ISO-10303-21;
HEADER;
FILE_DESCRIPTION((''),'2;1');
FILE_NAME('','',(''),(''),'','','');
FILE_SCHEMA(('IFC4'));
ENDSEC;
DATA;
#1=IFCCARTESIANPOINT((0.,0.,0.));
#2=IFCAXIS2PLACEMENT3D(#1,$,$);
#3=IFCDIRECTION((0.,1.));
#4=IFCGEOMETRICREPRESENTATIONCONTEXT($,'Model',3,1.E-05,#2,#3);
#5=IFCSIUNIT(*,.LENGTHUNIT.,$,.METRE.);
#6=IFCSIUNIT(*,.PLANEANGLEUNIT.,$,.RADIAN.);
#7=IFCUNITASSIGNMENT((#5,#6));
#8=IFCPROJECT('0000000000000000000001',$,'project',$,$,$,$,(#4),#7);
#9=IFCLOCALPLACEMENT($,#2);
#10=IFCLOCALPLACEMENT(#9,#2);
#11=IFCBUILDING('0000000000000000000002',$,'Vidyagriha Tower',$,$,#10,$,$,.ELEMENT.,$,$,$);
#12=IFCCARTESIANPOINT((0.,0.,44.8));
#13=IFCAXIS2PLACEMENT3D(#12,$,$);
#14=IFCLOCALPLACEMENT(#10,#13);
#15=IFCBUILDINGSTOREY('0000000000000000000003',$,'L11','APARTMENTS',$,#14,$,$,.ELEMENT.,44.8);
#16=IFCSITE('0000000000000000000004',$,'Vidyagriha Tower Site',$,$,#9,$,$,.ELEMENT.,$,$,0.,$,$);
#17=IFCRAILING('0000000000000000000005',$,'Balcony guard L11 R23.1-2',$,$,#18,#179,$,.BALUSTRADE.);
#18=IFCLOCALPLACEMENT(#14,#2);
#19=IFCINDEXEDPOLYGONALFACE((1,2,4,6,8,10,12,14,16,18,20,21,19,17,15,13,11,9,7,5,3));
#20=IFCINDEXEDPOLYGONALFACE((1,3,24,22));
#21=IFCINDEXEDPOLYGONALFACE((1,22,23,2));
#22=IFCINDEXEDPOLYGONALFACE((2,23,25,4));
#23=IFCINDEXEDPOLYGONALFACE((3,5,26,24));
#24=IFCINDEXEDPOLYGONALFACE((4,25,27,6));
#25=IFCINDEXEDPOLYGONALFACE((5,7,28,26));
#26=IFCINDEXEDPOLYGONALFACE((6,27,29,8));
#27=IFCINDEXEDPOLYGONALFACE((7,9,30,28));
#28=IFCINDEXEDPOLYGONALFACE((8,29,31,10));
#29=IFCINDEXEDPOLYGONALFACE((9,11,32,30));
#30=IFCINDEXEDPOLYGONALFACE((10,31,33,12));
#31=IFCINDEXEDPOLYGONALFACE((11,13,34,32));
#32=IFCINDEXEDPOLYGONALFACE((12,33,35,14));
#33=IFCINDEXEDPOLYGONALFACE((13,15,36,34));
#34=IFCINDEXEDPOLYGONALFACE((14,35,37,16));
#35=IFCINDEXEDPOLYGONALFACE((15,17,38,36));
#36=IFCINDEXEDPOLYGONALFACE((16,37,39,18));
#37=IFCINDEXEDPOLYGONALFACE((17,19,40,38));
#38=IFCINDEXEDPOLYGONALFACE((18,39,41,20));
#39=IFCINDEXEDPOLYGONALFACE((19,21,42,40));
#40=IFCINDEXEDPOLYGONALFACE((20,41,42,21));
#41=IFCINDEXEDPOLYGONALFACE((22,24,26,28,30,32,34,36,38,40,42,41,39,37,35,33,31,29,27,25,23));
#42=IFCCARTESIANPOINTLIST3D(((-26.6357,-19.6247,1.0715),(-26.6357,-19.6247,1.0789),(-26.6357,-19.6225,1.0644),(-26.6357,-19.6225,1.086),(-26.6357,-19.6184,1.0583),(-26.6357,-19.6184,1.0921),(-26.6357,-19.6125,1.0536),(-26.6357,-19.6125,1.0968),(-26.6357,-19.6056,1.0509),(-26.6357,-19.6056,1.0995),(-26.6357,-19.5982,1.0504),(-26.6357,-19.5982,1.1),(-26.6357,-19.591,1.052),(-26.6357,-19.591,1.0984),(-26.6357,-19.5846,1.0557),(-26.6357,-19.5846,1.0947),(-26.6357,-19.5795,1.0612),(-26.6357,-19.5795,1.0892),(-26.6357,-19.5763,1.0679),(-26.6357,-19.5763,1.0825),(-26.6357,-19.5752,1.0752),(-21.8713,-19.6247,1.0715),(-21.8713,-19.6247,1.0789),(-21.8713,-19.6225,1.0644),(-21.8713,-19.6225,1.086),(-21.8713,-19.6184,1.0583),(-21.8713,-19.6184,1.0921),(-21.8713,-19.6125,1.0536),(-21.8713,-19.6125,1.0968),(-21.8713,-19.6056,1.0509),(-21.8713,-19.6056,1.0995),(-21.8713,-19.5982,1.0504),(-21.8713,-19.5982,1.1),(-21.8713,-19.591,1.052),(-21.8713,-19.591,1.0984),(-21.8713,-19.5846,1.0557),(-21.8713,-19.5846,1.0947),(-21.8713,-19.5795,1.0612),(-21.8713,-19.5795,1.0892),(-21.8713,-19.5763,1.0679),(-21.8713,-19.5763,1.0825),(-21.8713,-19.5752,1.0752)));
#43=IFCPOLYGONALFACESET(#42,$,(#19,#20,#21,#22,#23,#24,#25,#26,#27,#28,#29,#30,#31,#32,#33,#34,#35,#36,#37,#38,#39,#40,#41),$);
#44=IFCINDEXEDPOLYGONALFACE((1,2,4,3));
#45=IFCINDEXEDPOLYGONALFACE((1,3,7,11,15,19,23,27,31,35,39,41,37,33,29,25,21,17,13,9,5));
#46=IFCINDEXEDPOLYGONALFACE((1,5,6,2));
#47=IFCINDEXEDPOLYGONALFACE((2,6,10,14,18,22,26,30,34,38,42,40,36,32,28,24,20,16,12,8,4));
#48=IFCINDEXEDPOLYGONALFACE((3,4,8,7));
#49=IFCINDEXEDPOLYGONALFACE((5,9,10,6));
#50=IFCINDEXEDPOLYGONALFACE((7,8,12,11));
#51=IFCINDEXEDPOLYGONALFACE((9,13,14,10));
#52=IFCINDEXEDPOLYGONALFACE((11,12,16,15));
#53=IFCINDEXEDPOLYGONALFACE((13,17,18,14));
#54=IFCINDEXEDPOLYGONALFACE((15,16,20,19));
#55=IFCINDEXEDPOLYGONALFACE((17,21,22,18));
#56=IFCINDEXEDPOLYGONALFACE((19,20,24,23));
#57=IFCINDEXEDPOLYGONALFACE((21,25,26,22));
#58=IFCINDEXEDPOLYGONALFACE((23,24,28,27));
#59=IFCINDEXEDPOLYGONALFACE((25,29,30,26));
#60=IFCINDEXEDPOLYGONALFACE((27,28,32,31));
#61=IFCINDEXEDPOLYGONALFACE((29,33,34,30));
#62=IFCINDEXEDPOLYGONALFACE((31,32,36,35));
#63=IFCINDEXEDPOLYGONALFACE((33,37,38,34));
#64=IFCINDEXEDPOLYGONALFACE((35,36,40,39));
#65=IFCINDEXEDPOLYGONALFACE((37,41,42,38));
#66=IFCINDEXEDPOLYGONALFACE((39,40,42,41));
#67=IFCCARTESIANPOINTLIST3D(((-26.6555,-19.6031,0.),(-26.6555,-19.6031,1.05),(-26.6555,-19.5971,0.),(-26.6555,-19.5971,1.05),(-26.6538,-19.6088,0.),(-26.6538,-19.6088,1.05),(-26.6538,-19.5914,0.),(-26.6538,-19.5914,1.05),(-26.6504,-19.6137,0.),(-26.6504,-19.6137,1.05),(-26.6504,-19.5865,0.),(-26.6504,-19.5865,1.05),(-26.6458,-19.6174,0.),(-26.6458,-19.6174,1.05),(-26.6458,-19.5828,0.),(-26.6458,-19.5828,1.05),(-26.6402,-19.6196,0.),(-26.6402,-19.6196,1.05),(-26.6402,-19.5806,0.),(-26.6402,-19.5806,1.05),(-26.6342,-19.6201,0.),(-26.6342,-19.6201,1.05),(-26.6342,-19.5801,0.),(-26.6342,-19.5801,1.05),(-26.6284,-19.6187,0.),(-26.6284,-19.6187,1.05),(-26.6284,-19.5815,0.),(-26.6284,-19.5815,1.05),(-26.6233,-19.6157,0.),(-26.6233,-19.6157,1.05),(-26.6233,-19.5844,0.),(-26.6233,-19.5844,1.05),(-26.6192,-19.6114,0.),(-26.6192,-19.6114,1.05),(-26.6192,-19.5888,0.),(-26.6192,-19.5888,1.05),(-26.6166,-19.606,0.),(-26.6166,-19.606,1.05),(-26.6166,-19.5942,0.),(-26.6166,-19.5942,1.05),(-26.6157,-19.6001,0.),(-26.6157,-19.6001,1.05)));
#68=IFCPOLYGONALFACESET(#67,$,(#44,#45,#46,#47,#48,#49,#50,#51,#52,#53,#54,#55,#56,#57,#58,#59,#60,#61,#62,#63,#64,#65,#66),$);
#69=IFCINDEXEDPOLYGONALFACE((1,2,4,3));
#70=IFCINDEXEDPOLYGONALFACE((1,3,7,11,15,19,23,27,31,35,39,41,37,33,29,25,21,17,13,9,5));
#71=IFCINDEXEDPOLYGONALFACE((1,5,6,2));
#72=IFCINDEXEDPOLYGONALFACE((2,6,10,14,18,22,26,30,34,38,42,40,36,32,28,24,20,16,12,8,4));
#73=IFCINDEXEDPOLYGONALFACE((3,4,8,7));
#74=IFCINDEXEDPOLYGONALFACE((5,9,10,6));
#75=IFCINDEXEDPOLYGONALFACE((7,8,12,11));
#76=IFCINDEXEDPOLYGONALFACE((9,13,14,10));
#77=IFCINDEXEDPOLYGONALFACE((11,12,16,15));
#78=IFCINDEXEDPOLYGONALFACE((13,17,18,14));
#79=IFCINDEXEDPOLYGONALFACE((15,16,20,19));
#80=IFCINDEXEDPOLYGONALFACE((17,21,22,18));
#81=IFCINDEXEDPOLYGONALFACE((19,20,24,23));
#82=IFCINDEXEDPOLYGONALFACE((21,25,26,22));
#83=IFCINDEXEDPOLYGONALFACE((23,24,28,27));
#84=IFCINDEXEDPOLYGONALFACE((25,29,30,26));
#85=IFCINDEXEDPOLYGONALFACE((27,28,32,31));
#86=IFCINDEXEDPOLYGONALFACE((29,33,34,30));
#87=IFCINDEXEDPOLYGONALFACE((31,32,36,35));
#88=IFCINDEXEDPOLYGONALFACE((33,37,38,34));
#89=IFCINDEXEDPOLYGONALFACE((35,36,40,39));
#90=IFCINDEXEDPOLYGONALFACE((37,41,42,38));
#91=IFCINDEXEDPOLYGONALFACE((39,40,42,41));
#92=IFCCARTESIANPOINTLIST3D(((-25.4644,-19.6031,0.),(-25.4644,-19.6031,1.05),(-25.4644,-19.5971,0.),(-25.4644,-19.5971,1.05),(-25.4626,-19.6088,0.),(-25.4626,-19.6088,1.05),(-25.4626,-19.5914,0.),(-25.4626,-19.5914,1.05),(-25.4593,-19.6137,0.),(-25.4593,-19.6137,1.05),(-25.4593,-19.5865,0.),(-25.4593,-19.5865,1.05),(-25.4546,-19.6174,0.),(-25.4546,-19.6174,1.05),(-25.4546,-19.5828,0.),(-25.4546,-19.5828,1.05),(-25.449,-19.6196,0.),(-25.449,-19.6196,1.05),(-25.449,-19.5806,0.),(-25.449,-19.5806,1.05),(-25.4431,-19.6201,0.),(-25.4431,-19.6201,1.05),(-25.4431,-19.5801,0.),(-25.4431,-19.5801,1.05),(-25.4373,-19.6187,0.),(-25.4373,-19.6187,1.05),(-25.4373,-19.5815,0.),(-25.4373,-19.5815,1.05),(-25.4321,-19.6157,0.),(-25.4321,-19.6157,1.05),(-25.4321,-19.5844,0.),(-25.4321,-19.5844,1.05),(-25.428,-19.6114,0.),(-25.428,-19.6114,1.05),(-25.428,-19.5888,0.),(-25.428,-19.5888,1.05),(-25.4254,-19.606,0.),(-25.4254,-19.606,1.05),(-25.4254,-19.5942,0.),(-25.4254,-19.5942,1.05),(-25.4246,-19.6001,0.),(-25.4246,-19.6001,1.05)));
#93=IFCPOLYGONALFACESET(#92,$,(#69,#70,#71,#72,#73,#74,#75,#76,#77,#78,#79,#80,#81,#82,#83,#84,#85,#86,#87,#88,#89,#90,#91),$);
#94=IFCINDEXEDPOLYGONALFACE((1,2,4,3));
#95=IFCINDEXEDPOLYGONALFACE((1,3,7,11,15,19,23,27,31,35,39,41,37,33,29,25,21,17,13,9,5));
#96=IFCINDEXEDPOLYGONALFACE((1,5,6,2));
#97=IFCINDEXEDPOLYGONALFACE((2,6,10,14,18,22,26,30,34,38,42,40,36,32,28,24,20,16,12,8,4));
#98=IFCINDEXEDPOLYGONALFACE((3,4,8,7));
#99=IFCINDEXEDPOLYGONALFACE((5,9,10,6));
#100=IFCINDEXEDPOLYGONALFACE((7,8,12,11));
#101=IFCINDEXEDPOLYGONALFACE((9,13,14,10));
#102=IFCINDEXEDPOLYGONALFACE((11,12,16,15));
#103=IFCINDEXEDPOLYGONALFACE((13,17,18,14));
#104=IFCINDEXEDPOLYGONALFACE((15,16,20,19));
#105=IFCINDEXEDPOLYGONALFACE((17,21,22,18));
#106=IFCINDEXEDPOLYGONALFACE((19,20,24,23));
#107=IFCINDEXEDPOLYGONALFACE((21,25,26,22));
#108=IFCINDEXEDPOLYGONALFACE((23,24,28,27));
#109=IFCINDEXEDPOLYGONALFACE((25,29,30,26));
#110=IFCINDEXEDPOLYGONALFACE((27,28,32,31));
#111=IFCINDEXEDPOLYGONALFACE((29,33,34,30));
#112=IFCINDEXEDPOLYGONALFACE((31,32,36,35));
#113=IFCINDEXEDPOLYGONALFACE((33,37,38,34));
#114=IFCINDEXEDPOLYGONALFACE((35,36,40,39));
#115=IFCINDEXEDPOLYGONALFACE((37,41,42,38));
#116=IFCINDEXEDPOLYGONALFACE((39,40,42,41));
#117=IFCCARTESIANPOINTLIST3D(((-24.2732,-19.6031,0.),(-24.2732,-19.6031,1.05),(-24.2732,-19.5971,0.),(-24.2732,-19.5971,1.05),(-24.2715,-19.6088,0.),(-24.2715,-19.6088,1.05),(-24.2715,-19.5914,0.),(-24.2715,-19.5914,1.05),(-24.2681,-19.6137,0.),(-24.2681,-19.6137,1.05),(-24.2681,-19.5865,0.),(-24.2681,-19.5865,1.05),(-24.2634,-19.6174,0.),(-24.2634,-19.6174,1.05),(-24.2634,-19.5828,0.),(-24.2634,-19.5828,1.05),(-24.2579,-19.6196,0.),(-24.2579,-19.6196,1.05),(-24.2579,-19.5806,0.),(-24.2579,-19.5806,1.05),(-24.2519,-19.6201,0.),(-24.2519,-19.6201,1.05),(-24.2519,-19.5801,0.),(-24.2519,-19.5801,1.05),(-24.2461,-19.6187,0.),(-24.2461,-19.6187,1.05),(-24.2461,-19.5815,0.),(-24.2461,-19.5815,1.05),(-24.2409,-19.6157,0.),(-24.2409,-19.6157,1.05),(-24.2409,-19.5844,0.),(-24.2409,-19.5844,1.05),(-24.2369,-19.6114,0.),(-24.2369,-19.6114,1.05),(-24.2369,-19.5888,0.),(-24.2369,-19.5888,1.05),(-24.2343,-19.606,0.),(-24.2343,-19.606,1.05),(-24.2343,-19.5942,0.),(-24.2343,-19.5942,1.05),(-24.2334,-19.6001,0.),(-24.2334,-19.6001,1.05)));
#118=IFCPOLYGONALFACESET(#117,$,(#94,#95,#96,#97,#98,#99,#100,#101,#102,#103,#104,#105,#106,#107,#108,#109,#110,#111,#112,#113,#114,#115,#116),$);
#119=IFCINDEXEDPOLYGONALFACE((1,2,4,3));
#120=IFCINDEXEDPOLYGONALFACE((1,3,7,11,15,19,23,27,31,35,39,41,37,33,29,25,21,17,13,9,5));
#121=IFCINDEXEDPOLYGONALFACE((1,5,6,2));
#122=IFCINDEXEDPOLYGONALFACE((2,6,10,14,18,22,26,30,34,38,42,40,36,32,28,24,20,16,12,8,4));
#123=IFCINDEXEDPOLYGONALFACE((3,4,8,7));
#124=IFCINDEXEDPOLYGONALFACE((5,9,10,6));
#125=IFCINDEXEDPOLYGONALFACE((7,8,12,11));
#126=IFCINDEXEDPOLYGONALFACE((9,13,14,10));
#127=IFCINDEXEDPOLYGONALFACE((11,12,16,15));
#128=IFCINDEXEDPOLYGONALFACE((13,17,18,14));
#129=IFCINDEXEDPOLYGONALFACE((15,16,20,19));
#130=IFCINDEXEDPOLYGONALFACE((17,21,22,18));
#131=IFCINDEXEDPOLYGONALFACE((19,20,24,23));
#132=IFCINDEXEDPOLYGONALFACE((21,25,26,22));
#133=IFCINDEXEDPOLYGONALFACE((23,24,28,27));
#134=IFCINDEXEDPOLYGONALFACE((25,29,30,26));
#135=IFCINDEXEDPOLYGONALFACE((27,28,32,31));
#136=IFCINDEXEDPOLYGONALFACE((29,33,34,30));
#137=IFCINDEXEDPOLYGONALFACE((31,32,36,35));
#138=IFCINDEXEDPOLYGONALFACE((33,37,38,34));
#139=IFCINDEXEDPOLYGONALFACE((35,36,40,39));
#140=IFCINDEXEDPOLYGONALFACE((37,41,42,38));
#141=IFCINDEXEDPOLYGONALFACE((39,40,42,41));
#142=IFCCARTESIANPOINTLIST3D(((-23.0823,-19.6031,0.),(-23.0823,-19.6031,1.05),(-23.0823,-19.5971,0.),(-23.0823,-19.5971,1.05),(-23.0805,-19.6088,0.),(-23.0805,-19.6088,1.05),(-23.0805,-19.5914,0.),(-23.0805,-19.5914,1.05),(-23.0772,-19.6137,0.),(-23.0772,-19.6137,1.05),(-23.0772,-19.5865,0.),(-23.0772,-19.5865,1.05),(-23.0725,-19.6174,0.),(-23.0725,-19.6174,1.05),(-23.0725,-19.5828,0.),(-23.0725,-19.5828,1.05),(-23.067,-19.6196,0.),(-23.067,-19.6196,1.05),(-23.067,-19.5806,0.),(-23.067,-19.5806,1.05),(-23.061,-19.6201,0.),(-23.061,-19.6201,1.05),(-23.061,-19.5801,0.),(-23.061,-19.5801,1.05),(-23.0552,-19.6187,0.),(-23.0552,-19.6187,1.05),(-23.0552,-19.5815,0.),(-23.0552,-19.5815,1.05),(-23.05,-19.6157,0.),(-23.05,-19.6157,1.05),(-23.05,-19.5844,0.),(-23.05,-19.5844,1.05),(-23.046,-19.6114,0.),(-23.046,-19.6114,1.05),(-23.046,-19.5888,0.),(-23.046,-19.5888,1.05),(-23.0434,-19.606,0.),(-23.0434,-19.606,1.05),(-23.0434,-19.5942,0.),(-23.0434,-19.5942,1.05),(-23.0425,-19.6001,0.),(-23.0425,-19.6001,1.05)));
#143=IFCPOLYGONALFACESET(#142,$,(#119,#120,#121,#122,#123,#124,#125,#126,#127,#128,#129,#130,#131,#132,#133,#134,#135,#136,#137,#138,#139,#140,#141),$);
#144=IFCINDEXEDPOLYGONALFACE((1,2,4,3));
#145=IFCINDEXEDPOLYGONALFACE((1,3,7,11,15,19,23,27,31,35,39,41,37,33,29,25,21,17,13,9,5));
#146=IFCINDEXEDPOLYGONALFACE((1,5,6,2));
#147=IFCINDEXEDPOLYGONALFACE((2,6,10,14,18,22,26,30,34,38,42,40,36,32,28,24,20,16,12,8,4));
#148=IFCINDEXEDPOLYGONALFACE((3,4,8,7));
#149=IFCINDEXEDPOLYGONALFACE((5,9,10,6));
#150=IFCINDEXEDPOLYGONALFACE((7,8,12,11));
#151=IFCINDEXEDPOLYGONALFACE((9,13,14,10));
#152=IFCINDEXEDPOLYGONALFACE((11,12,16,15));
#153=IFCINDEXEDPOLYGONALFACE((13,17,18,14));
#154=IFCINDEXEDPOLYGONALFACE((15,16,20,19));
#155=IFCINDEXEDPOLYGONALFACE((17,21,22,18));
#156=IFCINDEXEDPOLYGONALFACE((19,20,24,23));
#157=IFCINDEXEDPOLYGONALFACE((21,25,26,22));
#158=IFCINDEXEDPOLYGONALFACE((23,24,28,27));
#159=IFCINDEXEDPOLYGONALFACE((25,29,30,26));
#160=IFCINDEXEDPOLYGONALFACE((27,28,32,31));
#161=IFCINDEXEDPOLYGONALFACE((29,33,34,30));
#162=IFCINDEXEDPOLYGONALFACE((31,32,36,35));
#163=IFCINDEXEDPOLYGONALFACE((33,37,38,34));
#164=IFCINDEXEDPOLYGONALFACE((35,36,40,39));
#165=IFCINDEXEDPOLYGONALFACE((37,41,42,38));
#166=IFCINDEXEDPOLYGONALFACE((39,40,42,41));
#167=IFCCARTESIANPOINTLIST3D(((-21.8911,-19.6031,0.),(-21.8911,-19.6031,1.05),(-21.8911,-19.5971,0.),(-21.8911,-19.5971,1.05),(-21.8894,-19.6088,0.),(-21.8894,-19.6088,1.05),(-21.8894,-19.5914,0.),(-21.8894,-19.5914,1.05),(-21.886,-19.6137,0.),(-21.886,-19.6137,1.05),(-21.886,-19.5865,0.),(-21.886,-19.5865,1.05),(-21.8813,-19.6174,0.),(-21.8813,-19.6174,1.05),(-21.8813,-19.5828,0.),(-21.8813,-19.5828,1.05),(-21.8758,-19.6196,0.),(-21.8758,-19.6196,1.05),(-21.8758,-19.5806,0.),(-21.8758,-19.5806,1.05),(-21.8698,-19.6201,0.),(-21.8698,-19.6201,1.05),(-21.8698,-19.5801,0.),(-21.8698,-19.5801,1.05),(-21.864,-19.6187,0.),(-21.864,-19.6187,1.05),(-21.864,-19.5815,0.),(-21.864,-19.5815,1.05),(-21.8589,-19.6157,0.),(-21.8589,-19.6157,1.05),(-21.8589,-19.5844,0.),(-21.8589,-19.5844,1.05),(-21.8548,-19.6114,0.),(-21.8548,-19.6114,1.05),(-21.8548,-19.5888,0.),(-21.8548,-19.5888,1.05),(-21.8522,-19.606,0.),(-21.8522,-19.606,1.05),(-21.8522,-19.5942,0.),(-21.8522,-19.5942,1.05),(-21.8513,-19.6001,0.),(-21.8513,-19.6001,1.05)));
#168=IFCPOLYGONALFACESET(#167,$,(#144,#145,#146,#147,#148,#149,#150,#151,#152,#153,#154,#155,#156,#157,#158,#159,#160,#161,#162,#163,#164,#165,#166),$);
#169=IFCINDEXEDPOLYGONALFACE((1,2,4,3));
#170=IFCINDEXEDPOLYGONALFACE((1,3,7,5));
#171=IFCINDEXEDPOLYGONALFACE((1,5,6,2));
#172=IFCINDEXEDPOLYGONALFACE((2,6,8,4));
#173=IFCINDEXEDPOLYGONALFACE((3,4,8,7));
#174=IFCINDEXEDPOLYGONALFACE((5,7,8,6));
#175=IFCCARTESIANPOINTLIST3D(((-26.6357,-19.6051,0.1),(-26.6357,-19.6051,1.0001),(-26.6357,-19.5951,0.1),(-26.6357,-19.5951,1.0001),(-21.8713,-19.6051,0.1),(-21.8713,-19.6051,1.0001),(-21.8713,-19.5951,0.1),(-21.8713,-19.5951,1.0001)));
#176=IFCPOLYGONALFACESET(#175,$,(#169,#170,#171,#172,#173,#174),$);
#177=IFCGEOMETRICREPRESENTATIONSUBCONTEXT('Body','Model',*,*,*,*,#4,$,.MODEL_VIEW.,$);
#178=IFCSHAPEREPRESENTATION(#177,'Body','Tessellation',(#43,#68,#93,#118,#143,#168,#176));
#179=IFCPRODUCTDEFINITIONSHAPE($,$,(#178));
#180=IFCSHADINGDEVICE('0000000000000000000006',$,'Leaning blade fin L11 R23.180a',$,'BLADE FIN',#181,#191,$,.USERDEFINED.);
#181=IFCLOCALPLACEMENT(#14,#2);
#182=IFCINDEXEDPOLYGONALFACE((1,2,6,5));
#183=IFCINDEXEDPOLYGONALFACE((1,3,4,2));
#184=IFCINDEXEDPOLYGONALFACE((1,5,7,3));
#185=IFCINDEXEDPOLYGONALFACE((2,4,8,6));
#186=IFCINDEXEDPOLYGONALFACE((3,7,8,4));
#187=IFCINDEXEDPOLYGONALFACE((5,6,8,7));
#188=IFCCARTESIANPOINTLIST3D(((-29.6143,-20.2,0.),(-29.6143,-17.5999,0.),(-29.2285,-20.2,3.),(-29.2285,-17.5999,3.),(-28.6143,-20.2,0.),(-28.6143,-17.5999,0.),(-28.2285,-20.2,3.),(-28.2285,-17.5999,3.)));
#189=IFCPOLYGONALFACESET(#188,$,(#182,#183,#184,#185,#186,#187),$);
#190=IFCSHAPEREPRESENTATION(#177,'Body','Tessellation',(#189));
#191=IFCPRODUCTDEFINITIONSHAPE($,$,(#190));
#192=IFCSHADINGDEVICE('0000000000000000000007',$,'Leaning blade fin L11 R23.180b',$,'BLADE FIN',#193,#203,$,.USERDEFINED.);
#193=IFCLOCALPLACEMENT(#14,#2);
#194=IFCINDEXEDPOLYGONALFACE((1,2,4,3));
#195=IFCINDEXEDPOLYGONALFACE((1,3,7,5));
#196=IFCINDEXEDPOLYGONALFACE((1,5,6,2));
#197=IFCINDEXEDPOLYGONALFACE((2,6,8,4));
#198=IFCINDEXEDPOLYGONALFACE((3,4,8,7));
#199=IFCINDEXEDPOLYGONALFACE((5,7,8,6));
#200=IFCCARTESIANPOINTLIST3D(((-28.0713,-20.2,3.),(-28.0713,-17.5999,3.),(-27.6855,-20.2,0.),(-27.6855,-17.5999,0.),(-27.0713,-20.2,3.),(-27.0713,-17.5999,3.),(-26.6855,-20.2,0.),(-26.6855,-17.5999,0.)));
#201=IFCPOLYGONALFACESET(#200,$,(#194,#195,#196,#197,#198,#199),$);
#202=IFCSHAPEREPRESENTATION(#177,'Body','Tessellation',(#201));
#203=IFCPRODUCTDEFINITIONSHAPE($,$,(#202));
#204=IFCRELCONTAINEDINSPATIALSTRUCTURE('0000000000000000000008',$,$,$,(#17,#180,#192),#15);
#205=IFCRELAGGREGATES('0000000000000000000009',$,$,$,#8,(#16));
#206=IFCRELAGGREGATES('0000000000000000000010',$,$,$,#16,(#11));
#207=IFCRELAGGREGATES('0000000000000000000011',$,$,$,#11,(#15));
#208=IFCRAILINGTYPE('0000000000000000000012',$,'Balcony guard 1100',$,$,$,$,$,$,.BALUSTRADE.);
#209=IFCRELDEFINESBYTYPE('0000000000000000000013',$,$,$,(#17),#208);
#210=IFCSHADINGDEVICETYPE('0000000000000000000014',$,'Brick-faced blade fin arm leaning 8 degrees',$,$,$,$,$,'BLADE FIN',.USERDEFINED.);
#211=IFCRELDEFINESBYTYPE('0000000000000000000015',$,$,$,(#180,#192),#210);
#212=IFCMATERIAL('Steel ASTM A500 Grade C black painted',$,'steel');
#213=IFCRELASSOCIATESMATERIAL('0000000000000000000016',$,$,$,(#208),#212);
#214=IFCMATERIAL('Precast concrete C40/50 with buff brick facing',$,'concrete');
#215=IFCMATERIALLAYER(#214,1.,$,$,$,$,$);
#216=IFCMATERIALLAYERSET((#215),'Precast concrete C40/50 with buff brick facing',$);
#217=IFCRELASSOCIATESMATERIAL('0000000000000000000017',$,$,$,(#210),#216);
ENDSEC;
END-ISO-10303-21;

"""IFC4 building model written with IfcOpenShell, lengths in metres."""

from ifc_helpers import new_model, si_unit, direction, frame, origin, origin_2d, place, context, subcontext, project, spatial, polyline, rectangle, circle, outline, extrude, material, layer, layer_set, type_object, element, save


model = new_model("IFC4")

# Units and contexts
model_context = context("Model", 3, precision=1e-05, world=origin(), true_north=direction((0.0, 1.0)))
body_context = subcontext(model_context, "Body", "Model", "MODEL_VIEW")
ifc_project = project(units=[si_unit("LENGTHUNIT", "METRE"), si_unit("PLANEANGLEUNIT", "RADIAN")], contexts=[model_context])

# Site, building, storey
site_placement = place(None, origin())
site = spatial("IfcSite", under=ifc_project, at=site_placement, Name="Vidyagriha Tower Site", CompositionType="ELEMENT", RefElevation=0.0)
building_placement = place(site_placement, origin())
building = spatial("IfcBuilding", under=site, at=building_placement, Name="Vidyagriha Tower", CompositionType="ELEMENT")
storey_placement = place(building_placement, frame((0.0, 0.0, 44.8)))
storey = spatial("IfcBuildingStorey", under=building, at=storey_placement, Name="L11", Description="APARTMENTS", CompositionType="ELEMENT", Elevation=44.8)

# Railing
ifc_material_1 = material(Name="Steel ASTM A500 Grade C black painted", Category="steel")
railing_type_1 = type_object("IfcRailingType", Name="Balcony guard 1100", PredefinedType="BALUSTRADE", material=ifc_material_1)
railing_1_placement = place(storey_placement, frame((-26.6357, -19.6001, 0.0)))
element("IfcRailing", 1, at=railing_1_placement, inside=storey, type_object=railing_type_1, Name="Balcony guard L11 R23.1-2", PredefinedType="BALUSTRADE", context=body_context, shape_type="SweptSolid", body=[
    extrude(circle(Radius=0.0249, at=origin_2d()), frame((0.0, 0.0, 1.0752), z_axis=(1.0, 0.0, 0.0), x_axis=(0.0, 1.0, 0.0)), (0.0, 0.0, 1.0), 4.7644),
    extrude(circle(Radius=0.02, at=origin_2d()), origin(), (0.0, 0.0, 1.0), 1.05),
    extrude(circle(Radius=0.02, at=origin_2d()), frame((1.1912, 0.0, 0.0)), (0.0, 0.0, 1.0), 1.05),
    extrude(circle(Radius=0.02, at=origin_2d()), frame((2.3823, 0.0, 0.0)), (0.0, 0.0, 1.0), 1.05),
    extrude(circle(Radius=0.02, at=origin_2d()), frame((3.5732, 0.0, 0.0)), (0.0, 0.0, 1.0), 1.05),
    extrude(circle(Radius=0.02, at=origin_2d()), frame((4.7644, 0.0, 0.0)), (0.0, 0.0, 1.0), 1.05),
    extrude(rectangle(XDim=0.01, YDim=0.9001, at=origin_2d()), frame((0.0, 0.0, 0.55), z_axis=(1.0, 0.0, 0.0), x_axis=(0.0, 1.0, 0.0)), (0.0, 0.0, 1.0), 4.7644),
])

# Shading devices
ifc_material_2 = material(Name="Precast concrete C40/50 with buff brick facing", Category="concrete")
ifc_layer_1 = layer(ifc_material_2, 1.0)
ifc_layer_set_1 = layer_set([ifc_layer_1], Name="Precast concrete C40/50 with buff brick facing")
shading_device_type = type_object("IfcShadingDeviceType", Name="Brick-faced blade fin arm leaning 8 degrees", ElementType="BLADE FIN", PredefinedType="USERDEFINED", material=ifc_layer_set_1)
shading_device_1_placement = place(storey_placement, frame((-29.6143, -18.8999, 0.0)))
element("IfcShadingDevice", 2, at=shading_device_1_placement, inside=storey, type_object=shading_device_type, Name="Leaning blade fin L11 R23.180a", ObjectType="BLADE FIN", PredefinedType="USERDEFINED", context=body_context, shape_type="SweptSolid", body=[
    extrude(outline(polyline([(0.0, 0.0), (1.0, 0.0), (1.3857, 3.0), (0.3857, 3.0), (0.0, 0.0)])), frame((0.0, 1.3, 0.0), z_axis=(0.0, -1.0, 0.0), x_axis=(1.0, 0.0, 0.0)), (0.0, 0.0, 1.0), 2.6001),
])
shading_device_2_placement = place(storey_placement, frame((-28.0713, -18.8999, 0.0)))
element("IfcShadingDevice", 3, at=shading_device_2_placement, inside=storey, type_object=shading_device_type, Name="Leaning blade fin L11 R23.180b", ObjectType="BLADE FIN", PredefinedType="USERDEFINED", context=body_context, shape_type="SweptSolid", body=[
    extrude(outline(polyline([(0.3857, 0.0), (1.3857, 0.0), (1.0, 3.0), (0.0, 3.0), (0.3857, 0.0)])), frame((0.0, 1.3, 0.0), z_axis=(0.0, -1.0, 0.0), x_axis=(1.0, 0.0, 0.0)), (0.0, 0.0, 1.0), 2.6001),
])

save(model, "model.ifc")
